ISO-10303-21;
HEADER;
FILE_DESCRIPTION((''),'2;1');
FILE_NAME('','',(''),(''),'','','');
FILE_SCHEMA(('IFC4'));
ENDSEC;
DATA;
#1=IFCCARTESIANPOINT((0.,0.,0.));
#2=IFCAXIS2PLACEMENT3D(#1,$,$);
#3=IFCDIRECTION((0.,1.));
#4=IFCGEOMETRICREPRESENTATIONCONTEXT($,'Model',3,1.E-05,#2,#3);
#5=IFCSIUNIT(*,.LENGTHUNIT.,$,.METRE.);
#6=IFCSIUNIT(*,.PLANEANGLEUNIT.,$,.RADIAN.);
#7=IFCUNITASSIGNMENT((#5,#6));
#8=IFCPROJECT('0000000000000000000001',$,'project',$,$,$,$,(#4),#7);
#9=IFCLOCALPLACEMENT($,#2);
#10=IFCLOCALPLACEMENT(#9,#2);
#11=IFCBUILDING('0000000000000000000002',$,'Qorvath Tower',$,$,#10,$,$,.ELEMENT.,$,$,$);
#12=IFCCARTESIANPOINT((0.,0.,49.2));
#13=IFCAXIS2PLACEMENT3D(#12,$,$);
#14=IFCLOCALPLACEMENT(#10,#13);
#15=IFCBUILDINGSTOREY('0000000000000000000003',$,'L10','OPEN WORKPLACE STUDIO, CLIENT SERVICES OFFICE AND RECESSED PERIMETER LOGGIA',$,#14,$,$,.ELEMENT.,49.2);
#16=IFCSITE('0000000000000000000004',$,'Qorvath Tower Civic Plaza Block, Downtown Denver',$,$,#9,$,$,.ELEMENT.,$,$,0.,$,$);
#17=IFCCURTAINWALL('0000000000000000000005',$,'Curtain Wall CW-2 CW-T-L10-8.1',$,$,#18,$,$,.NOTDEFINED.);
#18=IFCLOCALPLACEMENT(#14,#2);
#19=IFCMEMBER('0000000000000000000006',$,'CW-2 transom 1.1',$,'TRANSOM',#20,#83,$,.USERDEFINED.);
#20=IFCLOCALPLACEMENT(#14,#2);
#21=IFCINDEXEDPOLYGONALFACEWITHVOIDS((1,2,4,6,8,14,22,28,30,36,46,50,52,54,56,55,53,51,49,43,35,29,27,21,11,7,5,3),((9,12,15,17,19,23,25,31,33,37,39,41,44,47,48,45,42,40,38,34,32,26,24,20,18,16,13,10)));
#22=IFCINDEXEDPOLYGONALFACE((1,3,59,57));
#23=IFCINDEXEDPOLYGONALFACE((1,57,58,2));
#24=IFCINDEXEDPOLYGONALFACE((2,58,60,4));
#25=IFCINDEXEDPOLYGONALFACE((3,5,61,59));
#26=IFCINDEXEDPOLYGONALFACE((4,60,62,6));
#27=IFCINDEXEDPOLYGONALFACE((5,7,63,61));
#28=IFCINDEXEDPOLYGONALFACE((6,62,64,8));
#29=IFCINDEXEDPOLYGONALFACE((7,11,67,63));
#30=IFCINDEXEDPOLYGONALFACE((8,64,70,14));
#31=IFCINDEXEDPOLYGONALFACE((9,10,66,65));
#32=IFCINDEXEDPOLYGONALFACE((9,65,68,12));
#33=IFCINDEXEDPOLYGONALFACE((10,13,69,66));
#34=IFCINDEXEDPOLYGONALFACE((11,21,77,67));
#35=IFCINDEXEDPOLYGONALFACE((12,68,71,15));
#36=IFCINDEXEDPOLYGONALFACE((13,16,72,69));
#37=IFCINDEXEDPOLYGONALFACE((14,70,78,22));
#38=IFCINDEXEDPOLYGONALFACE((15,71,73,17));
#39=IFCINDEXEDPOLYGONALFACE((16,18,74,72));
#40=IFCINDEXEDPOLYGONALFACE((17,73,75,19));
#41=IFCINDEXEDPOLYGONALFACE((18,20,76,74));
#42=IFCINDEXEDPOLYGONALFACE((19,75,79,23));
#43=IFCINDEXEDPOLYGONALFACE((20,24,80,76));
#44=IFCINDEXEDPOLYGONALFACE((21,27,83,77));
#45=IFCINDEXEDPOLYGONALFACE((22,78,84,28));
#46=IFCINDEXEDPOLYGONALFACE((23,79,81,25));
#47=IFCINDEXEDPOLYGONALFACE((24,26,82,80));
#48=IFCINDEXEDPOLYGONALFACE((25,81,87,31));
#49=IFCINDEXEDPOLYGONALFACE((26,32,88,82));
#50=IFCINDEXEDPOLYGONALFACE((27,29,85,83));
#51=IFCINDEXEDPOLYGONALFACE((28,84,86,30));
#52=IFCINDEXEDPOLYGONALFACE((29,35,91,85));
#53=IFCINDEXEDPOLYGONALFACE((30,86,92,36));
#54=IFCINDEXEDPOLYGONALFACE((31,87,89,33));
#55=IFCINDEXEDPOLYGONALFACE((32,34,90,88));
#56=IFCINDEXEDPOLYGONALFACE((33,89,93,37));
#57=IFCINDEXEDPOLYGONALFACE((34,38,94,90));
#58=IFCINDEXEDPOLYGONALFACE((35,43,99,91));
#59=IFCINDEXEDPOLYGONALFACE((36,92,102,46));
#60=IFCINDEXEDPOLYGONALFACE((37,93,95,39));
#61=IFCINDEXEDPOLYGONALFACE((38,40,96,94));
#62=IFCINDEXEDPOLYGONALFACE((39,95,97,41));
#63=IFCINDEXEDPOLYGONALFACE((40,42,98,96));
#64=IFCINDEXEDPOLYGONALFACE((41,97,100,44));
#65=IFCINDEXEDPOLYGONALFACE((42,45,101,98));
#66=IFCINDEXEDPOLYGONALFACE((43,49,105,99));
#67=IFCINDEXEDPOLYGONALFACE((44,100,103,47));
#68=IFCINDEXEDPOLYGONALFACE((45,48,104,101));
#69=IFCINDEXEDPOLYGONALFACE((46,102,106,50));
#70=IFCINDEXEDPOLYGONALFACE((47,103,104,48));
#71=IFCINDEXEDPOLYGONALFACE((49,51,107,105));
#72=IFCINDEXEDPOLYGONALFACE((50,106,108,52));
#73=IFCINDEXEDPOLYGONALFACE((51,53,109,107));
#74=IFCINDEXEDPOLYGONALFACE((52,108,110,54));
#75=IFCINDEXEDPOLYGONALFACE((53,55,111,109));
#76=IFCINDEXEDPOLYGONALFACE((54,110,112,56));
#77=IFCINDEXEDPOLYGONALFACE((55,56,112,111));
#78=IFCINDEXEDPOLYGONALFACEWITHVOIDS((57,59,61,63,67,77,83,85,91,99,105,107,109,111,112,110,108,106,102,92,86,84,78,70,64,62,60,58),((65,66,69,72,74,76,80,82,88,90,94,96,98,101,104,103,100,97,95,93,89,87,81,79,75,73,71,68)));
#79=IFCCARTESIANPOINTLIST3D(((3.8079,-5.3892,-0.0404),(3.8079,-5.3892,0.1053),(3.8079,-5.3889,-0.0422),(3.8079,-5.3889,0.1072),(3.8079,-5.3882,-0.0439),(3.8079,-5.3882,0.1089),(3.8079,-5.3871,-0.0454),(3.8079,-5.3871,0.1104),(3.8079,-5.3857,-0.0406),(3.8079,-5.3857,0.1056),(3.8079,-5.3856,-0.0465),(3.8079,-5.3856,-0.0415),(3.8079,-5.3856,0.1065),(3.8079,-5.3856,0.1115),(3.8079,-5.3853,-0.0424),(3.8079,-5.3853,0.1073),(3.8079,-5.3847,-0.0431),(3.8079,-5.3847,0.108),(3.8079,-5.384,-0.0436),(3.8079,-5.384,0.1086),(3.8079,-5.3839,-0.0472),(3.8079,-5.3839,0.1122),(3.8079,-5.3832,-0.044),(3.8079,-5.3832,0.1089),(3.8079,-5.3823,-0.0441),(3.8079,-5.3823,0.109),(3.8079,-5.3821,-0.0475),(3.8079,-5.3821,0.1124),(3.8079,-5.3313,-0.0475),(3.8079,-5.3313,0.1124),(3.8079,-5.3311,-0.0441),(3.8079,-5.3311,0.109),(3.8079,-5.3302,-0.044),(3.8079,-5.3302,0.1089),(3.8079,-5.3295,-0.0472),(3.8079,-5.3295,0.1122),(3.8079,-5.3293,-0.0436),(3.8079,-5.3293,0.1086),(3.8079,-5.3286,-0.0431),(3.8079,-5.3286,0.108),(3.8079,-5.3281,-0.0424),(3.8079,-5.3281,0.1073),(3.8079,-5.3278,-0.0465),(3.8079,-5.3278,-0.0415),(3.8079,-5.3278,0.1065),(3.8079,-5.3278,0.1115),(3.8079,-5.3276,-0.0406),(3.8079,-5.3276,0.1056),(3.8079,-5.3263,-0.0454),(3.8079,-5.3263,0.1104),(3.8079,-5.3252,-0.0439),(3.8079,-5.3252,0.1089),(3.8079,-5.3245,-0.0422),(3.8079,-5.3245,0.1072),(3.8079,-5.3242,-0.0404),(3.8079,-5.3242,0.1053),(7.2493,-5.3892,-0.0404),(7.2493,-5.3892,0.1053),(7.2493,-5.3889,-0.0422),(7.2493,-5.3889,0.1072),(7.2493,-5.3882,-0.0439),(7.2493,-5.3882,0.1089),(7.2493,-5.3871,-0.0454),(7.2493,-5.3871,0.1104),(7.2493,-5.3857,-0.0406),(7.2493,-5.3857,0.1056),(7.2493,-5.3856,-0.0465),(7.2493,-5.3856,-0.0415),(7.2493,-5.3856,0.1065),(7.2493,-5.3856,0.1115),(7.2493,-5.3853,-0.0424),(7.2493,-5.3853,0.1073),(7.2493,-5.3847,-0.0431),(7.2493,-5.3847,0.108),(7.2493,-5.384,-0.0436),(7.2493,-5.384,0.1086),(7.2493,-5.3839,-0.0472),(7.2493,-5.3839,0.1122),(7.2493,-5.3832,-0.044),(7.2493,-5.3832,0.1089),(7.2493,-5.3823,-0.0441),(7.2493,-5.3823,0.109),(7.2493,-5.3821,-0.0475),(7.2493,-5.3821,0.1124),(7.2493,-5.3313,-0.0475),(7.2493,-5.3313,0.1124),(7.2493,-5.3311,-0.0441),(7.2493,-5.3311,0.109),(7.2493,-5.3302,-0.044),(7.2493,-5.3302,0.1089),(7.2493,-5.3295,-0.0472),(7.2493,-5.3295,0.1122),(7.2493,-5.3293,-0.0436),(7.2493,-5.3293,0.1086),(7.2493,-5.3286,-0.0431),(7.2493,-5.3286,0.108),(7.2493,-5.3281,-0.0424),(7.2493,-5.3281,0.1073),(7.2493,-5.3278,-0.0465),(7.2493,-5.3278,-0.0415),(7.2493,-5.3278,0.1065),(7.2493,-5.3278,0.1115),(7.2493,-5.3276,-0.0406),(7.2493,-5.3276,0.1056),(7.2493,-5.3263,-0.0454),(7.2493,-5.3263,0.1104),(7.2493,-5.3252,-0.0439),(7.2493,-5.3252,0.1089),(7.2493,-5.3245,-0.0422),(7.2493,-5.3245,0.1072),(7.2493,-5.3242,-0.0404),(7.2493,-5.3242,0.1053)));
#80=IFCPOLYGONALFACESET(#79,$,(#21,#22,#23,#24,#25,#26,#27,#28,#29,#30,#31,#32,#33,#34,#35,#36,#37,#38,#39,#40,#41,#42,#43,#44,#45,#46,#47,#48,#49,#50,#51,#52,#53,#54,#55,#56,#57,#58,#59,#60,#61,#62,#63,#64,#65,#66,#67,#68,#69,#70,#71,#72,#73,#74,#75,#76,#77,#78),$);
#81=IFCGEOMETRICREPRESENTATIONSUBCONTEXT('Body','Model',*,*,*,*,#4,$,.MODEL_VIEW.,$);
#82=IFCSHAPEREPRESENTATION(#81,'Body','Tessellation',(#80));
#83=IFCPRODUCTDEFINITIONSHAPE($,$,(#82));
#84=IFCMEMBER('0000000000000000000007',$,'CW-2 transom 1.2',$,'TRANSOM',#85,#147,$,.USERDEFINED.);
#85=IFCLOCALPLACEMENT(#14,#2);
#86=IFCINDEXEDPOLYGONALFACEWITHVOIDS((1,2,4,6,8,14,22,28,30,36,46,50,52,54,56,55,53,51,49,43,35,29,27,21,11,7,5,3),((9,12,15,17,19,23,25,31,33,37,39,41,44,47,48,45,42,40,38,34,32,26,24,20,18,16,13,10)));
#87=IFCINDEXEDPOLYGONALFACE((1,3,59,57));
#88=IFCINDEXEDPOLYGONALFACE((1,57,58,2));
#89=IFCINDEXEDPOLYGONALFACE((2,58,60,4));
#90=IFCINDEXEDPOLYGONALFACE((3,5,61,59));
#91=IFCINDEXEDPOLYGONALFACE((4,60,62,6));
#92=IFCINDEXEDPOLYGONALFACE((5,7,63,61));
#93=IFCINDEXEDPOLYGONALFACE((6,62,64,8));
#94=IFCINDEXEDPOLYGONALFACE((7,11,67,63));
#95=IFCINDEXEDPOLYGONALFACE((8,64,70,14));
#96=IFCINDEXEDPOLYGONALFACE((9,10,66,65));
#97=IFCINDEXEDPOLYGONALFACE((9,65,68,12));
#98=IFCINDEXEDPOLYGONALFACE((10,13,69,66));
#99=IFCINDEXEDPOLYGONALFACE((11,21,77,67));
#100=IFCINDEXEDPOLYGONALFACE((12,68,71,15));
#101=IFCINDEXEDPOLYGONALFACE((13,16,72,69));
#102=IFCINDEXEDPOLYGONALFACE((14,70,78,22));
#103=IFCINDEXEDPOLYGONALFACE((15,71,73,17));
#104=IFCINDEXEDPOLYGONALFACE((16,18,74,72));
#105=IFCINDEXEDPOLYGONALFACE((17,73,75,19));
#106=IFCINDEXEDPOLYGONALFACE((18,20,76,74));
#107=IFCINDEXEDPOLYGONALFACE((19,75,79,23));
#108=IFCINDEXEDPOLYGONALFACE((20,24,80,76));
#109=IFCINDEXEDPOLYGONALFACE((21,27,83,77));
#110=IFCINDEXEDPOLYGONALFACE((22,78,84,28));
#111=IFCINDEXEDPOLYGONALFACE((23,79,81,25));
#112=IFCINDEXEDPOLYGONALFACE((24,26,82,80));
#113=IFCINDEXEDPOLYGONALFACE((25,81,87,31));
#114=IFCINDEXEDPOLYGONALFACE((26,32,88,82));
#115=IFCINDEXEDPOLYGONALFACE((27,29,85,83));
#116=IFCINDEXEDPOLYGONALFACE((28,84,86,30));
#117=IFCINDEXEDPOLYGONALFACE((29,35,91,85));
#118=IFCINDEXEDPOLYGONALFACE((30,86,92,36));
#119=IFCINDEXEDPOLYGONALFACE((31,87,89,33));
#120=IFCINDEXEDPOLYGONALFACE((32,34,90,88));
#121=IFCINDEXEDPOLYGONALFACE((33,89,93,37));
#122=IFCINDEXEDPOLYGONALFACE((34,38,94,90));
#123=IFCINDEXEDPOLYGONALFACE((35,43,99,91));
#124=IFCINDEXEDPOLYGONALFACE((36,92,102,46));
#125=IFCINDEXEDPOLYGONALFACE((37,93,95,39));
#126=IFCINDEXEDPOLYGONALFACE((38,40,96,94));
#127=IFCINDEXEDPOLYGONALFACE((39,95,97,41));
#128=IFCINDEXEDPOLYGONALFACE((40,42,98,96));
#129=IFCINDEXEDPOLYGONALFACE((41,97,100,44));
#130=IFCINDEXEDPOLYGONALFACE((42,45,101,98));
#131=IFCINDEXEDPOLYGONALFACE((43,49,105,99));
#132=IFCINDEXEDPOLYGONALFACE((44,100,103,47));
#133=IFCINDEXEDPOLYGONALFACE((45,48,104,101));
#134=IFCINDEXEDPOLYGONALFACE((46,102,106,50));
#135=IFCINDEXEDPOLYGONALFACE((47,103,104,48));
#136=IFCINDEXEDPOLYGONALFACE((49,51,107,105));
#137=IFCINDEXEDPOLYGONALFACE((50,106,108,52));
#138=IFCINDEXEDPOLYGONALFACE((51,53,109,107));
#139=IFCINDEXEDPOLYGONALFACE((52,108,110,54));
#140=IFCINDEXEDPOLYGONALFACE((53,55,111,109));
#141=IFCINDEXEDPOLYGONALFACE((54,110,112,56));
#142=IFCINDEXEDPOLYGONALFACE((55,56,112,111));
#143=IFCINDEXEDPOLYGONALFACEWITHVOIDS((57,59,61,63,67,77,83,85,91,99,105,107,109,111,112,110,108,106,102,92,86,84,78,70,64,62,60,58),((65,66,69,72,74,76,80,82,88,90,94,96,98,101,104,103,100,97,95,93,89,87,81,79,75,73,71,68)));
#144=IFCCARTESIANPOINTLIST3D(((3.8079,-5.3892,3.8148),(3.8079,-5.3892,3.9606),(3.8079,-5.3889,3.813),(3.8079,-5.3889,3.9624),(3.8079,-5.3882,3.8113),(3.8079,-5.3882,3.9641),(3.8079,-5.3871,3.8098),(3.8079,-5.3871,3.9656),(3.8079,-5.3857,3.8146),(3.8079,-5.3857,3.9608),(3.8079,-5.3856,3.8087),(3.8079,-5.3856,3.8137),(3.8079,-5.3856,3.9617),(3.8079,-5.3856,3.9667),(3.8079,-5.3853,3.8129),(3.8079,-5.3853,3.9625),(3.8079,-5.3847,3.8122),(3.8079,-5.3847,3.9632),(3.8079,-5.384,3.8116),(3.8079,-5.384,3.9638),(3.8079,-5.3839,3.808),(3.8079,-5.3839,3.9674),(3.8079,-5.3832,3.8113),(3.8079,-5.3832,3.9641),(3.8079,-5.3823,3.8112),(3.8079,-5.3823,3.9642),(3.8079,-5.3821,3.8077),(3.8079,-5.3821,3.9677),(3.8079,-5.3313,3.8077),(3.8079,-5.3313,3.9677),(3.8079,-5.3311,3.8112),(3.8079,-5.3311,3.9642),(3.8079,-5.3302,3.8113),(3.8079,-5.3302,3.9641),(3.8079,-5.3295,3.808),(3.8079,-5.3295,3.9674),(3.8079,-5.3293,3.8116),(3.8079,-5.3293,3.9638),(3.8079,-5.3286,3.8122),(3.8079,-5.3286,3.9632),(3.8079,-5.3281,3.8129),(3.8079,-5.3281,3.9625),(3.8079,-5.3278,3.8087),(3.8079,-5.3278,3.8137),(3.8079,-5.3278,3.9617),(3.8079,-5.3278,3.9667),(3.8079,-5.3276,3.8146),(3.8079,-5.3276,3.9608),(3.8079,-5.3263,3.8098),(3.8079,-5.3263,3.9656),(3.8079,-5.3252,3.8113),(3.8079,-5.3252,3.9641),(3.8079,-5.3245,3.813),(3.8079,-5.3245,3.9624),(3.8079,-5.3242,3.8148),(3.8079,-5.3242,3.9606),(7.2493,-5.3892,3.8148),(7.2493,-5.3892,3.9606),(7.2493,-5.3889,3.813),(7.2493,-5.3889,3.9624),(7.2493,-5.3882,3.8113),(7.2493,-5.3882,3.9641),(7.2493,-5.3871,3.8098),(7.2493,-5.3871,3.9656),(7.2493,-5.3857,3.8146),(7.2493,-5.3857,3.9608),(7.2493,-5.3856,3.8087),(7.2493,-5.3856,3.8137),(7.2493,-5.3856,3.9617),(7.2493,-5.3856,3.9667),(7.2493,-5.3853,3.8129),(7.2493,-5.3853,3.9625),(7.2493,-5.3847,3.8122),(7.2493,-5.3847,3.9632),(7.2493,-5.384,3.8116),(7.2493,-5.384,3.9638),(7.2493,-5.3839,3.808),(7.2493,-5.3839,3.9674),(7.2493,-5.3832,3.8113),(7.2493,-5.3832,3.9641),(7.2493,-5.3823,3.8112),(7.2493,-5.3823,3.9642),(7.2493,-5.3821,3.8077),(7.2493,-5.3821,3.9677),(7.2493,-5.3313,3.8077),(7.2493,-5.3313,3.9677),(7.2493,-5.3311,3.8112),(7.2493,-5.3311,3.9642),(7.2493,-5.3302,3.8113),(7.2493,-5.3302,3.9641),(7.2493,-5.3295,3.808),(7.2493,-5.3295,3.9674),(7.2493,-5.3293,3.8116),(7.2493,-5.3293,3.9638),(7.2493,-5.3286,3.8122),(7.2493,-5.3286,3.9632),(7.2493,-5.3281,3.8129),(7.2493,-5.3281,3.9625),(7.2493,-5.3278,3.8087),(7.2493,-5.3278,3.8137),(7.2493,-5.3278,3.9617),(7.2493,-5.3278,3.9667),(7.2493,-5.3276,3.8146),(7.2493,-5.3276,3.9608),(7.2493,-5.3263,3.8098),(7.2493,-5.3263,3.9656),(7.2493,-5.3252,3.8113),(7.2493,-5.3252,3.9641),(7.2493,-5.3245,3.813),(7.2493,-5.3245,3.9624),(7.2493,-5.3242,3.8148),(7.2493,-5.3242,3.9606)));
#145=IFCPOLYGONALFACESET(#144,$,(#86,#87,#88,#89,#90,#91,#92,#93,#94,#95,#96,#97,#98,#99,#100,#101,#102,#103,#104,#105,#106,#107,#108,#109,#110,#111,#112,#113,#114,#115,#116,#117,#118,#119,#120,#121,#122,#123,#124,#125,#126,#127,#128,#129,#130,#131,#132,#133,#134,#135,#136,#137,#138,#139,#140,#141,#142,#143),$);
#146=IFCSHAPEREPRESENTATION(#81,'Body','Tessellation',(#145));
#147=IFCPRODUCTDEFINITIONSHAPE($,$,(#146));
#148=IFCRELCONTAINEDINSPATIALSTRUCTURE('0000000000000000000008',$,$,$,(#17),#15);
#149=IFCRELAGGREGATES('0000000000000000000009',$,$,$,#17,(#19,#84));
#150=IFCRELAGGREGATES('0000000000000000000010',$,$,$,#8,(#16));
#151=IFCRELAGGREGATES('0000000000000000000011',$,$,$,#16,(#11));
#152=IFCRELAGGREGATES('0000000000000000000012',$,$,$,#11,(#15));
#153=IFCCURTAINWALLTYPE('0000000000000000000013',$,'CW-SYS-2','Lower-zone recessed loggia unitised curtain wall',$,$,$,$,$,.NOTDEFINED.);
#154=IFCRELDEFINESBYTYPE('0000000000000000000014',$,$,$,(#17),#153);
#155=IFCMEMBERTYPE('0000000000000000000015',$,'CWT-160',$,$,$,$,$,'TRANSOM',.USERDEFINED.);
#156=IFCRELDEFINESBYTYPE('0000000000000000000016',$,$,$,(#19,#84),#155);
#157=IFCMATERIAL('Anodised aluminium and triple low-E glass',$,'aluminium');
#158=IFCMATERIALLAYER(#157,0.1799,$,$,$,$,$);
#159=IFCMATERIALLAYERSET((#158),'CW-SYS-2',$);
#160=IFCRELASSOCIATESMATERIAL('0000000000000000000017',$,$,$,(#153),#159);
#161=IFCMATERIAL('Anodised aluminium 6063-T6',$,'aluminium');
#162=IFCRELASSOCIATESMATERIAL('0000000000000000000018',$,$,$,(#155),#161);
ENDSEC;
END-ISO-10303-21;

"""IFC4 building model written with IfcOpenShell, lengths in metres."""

from ifc_helpers import new_model, si_unit, direction, frame, origin, origin_2d, place, context, subcontext, project, spatial, hollow_rectangle, extrude, material, layer, layer_set, material_profile, profile_set, type_object, element, aggregate, save


model = new_model("IFC4")

# Units and contexts
model_context = context("Model", 3, precision=1e-05, world=origin(), true_north=direction((0.0, 1.0)))
body_context = subcontext(model_context, "Body", "Model", "MODEL_VIEW")
ifc_project = project(units=[si_unit("LENGTHUNIT", "METRE"), si_unit("PLANEANGLEUNIT", "RADIAN")], contexts=[model_context])

# Site, building, storey
site_placement = place(None, origin())
site = spatial("IfcSite", under=ifc_project, at=site_placement, Name="Qorvath Tower Civic Plaza Block, Downtown Denver", CompositionType="ELEMENT", RefElevation=0.0)
building_placement = place(site_placement, origin())
building = spatial("IfcBuilding", under=site, at=building_placement, Name="Qorvath Tower", CompositionType="ELEMENT")
storey_placement = place(building_placement, frame((0.0, 0.0, 49.2)))
storey = spatial("IfcBuildingStorey", under=building, at=storey_placement, Name="L10", Description="OPEN WORKPLACE STUDIO, CLIENT SERVICES OFFICE AND RECESSED PERIMETER LOGGIA", CompositionType="ELEMENT", Elevation=49.2)

# Shared definitions
ifc_material_1 = material(Name="Anodised aluminium and triple low-E glass", Category="aluminium")
ifc_layer_1 = layer(ifc_material_1, 0.1799)
ifc_layer_set_1 = layer_set([ifc_layer_1], Name="CW-SYS-2")
curtain_wall_type = type_object("IfcCurtainWallType", Name="CW-SYS-2", Description="Lower-zone recessed loggia unitised curtain wall", PredefinedType="NOTDEFINED", material=ifc_layer_set_1)

# Curtain wall
curtain_wall_1_placement = place(storey_placement, origin())
curtain_wall_1 = element("IfcCurtainWall", 1, at=curtain_wall_1_placement, inside=storey, type_object=curtain_wall_type, Name="Curtain Wall CW-2 CW-T-L10-8.1", PredefinedType="NOTDEFINED")

# Members
ifc_material_2 = material(Name="Anodised aluminium 6063-T6", Category="aluminium")
ifc_material_profile_1 = material_profile(ifc_material_2, hollow_rectangle(XDim=0.0649, YDim=0.1599, WallThickness=0.0034, InnerFilletRadius=0.0034, OuterFilletRadius=0.0071, at=origin_2d()), Name="CWT 160x65")
ifc_profile_set_1 = profile_set([ifc_material_profile_1], Name="Anodised aluminium 6063-T6")
member_type_1 = type_object("IfcMemberType", Name="CWT-160", ElementType="TRANSOM", PredefinedType="USERDEFINED", material=ifc_profile_set_1)
member_1_placement = place(storey_placement, frame((7.2493, -5.3567, 0.0325), z_axis=(-1.0, 0.0, 0.0), x_axis=(0.0, -1.0, 0.0)))
member_1 = element("IfcMember", 2, at=member_1_placement, type_object=member_type_1, Name="CW-2 transom 1.1", ObjectType="TRANSOM", PredefinedType="USERDEFINED", context=body_context, shape_type="SweptSolid", body=[
    extrude(hollow_rectangle(XDim=0.0649, YDim=0.1599, WallThickness=0.0034, InnerFilletRadius=0.0034, OuterFilletRadius=0.0071, at=origin_2d()), origin(), (0.0, 0.0, 1.0), 3.4414),
])
member_2_placement = place(storey_placement, frame((7.2493, -5.3567, 3.8877), z_axis=(-1.0, 0.0, 0.0), x_axis=(0.0, -1.0, 0.0)))
member_2 = element("IfcMember", 3, at=member_2_placement, type_object=member_type_1, Name="CW-2 transom 1.2", ObjectType="TRANSOM", PredefinedType="USERDEFINED", context=body_context, shape_type="SweptSolid", body=[
    extrude(hollow_rectangle(XDim=0.0649, YDim=0.1599, WallThickness=0.0034, InnerFilletRadius=0.0034, OuterFilletRadius=0.0071, at=origin_2d()), origin(), (0.0, 0.0, 1.0), 3.4414),
])

aggregate(curtain_wall_1, [member_1, member_2])

save(model, "model.ifc")
